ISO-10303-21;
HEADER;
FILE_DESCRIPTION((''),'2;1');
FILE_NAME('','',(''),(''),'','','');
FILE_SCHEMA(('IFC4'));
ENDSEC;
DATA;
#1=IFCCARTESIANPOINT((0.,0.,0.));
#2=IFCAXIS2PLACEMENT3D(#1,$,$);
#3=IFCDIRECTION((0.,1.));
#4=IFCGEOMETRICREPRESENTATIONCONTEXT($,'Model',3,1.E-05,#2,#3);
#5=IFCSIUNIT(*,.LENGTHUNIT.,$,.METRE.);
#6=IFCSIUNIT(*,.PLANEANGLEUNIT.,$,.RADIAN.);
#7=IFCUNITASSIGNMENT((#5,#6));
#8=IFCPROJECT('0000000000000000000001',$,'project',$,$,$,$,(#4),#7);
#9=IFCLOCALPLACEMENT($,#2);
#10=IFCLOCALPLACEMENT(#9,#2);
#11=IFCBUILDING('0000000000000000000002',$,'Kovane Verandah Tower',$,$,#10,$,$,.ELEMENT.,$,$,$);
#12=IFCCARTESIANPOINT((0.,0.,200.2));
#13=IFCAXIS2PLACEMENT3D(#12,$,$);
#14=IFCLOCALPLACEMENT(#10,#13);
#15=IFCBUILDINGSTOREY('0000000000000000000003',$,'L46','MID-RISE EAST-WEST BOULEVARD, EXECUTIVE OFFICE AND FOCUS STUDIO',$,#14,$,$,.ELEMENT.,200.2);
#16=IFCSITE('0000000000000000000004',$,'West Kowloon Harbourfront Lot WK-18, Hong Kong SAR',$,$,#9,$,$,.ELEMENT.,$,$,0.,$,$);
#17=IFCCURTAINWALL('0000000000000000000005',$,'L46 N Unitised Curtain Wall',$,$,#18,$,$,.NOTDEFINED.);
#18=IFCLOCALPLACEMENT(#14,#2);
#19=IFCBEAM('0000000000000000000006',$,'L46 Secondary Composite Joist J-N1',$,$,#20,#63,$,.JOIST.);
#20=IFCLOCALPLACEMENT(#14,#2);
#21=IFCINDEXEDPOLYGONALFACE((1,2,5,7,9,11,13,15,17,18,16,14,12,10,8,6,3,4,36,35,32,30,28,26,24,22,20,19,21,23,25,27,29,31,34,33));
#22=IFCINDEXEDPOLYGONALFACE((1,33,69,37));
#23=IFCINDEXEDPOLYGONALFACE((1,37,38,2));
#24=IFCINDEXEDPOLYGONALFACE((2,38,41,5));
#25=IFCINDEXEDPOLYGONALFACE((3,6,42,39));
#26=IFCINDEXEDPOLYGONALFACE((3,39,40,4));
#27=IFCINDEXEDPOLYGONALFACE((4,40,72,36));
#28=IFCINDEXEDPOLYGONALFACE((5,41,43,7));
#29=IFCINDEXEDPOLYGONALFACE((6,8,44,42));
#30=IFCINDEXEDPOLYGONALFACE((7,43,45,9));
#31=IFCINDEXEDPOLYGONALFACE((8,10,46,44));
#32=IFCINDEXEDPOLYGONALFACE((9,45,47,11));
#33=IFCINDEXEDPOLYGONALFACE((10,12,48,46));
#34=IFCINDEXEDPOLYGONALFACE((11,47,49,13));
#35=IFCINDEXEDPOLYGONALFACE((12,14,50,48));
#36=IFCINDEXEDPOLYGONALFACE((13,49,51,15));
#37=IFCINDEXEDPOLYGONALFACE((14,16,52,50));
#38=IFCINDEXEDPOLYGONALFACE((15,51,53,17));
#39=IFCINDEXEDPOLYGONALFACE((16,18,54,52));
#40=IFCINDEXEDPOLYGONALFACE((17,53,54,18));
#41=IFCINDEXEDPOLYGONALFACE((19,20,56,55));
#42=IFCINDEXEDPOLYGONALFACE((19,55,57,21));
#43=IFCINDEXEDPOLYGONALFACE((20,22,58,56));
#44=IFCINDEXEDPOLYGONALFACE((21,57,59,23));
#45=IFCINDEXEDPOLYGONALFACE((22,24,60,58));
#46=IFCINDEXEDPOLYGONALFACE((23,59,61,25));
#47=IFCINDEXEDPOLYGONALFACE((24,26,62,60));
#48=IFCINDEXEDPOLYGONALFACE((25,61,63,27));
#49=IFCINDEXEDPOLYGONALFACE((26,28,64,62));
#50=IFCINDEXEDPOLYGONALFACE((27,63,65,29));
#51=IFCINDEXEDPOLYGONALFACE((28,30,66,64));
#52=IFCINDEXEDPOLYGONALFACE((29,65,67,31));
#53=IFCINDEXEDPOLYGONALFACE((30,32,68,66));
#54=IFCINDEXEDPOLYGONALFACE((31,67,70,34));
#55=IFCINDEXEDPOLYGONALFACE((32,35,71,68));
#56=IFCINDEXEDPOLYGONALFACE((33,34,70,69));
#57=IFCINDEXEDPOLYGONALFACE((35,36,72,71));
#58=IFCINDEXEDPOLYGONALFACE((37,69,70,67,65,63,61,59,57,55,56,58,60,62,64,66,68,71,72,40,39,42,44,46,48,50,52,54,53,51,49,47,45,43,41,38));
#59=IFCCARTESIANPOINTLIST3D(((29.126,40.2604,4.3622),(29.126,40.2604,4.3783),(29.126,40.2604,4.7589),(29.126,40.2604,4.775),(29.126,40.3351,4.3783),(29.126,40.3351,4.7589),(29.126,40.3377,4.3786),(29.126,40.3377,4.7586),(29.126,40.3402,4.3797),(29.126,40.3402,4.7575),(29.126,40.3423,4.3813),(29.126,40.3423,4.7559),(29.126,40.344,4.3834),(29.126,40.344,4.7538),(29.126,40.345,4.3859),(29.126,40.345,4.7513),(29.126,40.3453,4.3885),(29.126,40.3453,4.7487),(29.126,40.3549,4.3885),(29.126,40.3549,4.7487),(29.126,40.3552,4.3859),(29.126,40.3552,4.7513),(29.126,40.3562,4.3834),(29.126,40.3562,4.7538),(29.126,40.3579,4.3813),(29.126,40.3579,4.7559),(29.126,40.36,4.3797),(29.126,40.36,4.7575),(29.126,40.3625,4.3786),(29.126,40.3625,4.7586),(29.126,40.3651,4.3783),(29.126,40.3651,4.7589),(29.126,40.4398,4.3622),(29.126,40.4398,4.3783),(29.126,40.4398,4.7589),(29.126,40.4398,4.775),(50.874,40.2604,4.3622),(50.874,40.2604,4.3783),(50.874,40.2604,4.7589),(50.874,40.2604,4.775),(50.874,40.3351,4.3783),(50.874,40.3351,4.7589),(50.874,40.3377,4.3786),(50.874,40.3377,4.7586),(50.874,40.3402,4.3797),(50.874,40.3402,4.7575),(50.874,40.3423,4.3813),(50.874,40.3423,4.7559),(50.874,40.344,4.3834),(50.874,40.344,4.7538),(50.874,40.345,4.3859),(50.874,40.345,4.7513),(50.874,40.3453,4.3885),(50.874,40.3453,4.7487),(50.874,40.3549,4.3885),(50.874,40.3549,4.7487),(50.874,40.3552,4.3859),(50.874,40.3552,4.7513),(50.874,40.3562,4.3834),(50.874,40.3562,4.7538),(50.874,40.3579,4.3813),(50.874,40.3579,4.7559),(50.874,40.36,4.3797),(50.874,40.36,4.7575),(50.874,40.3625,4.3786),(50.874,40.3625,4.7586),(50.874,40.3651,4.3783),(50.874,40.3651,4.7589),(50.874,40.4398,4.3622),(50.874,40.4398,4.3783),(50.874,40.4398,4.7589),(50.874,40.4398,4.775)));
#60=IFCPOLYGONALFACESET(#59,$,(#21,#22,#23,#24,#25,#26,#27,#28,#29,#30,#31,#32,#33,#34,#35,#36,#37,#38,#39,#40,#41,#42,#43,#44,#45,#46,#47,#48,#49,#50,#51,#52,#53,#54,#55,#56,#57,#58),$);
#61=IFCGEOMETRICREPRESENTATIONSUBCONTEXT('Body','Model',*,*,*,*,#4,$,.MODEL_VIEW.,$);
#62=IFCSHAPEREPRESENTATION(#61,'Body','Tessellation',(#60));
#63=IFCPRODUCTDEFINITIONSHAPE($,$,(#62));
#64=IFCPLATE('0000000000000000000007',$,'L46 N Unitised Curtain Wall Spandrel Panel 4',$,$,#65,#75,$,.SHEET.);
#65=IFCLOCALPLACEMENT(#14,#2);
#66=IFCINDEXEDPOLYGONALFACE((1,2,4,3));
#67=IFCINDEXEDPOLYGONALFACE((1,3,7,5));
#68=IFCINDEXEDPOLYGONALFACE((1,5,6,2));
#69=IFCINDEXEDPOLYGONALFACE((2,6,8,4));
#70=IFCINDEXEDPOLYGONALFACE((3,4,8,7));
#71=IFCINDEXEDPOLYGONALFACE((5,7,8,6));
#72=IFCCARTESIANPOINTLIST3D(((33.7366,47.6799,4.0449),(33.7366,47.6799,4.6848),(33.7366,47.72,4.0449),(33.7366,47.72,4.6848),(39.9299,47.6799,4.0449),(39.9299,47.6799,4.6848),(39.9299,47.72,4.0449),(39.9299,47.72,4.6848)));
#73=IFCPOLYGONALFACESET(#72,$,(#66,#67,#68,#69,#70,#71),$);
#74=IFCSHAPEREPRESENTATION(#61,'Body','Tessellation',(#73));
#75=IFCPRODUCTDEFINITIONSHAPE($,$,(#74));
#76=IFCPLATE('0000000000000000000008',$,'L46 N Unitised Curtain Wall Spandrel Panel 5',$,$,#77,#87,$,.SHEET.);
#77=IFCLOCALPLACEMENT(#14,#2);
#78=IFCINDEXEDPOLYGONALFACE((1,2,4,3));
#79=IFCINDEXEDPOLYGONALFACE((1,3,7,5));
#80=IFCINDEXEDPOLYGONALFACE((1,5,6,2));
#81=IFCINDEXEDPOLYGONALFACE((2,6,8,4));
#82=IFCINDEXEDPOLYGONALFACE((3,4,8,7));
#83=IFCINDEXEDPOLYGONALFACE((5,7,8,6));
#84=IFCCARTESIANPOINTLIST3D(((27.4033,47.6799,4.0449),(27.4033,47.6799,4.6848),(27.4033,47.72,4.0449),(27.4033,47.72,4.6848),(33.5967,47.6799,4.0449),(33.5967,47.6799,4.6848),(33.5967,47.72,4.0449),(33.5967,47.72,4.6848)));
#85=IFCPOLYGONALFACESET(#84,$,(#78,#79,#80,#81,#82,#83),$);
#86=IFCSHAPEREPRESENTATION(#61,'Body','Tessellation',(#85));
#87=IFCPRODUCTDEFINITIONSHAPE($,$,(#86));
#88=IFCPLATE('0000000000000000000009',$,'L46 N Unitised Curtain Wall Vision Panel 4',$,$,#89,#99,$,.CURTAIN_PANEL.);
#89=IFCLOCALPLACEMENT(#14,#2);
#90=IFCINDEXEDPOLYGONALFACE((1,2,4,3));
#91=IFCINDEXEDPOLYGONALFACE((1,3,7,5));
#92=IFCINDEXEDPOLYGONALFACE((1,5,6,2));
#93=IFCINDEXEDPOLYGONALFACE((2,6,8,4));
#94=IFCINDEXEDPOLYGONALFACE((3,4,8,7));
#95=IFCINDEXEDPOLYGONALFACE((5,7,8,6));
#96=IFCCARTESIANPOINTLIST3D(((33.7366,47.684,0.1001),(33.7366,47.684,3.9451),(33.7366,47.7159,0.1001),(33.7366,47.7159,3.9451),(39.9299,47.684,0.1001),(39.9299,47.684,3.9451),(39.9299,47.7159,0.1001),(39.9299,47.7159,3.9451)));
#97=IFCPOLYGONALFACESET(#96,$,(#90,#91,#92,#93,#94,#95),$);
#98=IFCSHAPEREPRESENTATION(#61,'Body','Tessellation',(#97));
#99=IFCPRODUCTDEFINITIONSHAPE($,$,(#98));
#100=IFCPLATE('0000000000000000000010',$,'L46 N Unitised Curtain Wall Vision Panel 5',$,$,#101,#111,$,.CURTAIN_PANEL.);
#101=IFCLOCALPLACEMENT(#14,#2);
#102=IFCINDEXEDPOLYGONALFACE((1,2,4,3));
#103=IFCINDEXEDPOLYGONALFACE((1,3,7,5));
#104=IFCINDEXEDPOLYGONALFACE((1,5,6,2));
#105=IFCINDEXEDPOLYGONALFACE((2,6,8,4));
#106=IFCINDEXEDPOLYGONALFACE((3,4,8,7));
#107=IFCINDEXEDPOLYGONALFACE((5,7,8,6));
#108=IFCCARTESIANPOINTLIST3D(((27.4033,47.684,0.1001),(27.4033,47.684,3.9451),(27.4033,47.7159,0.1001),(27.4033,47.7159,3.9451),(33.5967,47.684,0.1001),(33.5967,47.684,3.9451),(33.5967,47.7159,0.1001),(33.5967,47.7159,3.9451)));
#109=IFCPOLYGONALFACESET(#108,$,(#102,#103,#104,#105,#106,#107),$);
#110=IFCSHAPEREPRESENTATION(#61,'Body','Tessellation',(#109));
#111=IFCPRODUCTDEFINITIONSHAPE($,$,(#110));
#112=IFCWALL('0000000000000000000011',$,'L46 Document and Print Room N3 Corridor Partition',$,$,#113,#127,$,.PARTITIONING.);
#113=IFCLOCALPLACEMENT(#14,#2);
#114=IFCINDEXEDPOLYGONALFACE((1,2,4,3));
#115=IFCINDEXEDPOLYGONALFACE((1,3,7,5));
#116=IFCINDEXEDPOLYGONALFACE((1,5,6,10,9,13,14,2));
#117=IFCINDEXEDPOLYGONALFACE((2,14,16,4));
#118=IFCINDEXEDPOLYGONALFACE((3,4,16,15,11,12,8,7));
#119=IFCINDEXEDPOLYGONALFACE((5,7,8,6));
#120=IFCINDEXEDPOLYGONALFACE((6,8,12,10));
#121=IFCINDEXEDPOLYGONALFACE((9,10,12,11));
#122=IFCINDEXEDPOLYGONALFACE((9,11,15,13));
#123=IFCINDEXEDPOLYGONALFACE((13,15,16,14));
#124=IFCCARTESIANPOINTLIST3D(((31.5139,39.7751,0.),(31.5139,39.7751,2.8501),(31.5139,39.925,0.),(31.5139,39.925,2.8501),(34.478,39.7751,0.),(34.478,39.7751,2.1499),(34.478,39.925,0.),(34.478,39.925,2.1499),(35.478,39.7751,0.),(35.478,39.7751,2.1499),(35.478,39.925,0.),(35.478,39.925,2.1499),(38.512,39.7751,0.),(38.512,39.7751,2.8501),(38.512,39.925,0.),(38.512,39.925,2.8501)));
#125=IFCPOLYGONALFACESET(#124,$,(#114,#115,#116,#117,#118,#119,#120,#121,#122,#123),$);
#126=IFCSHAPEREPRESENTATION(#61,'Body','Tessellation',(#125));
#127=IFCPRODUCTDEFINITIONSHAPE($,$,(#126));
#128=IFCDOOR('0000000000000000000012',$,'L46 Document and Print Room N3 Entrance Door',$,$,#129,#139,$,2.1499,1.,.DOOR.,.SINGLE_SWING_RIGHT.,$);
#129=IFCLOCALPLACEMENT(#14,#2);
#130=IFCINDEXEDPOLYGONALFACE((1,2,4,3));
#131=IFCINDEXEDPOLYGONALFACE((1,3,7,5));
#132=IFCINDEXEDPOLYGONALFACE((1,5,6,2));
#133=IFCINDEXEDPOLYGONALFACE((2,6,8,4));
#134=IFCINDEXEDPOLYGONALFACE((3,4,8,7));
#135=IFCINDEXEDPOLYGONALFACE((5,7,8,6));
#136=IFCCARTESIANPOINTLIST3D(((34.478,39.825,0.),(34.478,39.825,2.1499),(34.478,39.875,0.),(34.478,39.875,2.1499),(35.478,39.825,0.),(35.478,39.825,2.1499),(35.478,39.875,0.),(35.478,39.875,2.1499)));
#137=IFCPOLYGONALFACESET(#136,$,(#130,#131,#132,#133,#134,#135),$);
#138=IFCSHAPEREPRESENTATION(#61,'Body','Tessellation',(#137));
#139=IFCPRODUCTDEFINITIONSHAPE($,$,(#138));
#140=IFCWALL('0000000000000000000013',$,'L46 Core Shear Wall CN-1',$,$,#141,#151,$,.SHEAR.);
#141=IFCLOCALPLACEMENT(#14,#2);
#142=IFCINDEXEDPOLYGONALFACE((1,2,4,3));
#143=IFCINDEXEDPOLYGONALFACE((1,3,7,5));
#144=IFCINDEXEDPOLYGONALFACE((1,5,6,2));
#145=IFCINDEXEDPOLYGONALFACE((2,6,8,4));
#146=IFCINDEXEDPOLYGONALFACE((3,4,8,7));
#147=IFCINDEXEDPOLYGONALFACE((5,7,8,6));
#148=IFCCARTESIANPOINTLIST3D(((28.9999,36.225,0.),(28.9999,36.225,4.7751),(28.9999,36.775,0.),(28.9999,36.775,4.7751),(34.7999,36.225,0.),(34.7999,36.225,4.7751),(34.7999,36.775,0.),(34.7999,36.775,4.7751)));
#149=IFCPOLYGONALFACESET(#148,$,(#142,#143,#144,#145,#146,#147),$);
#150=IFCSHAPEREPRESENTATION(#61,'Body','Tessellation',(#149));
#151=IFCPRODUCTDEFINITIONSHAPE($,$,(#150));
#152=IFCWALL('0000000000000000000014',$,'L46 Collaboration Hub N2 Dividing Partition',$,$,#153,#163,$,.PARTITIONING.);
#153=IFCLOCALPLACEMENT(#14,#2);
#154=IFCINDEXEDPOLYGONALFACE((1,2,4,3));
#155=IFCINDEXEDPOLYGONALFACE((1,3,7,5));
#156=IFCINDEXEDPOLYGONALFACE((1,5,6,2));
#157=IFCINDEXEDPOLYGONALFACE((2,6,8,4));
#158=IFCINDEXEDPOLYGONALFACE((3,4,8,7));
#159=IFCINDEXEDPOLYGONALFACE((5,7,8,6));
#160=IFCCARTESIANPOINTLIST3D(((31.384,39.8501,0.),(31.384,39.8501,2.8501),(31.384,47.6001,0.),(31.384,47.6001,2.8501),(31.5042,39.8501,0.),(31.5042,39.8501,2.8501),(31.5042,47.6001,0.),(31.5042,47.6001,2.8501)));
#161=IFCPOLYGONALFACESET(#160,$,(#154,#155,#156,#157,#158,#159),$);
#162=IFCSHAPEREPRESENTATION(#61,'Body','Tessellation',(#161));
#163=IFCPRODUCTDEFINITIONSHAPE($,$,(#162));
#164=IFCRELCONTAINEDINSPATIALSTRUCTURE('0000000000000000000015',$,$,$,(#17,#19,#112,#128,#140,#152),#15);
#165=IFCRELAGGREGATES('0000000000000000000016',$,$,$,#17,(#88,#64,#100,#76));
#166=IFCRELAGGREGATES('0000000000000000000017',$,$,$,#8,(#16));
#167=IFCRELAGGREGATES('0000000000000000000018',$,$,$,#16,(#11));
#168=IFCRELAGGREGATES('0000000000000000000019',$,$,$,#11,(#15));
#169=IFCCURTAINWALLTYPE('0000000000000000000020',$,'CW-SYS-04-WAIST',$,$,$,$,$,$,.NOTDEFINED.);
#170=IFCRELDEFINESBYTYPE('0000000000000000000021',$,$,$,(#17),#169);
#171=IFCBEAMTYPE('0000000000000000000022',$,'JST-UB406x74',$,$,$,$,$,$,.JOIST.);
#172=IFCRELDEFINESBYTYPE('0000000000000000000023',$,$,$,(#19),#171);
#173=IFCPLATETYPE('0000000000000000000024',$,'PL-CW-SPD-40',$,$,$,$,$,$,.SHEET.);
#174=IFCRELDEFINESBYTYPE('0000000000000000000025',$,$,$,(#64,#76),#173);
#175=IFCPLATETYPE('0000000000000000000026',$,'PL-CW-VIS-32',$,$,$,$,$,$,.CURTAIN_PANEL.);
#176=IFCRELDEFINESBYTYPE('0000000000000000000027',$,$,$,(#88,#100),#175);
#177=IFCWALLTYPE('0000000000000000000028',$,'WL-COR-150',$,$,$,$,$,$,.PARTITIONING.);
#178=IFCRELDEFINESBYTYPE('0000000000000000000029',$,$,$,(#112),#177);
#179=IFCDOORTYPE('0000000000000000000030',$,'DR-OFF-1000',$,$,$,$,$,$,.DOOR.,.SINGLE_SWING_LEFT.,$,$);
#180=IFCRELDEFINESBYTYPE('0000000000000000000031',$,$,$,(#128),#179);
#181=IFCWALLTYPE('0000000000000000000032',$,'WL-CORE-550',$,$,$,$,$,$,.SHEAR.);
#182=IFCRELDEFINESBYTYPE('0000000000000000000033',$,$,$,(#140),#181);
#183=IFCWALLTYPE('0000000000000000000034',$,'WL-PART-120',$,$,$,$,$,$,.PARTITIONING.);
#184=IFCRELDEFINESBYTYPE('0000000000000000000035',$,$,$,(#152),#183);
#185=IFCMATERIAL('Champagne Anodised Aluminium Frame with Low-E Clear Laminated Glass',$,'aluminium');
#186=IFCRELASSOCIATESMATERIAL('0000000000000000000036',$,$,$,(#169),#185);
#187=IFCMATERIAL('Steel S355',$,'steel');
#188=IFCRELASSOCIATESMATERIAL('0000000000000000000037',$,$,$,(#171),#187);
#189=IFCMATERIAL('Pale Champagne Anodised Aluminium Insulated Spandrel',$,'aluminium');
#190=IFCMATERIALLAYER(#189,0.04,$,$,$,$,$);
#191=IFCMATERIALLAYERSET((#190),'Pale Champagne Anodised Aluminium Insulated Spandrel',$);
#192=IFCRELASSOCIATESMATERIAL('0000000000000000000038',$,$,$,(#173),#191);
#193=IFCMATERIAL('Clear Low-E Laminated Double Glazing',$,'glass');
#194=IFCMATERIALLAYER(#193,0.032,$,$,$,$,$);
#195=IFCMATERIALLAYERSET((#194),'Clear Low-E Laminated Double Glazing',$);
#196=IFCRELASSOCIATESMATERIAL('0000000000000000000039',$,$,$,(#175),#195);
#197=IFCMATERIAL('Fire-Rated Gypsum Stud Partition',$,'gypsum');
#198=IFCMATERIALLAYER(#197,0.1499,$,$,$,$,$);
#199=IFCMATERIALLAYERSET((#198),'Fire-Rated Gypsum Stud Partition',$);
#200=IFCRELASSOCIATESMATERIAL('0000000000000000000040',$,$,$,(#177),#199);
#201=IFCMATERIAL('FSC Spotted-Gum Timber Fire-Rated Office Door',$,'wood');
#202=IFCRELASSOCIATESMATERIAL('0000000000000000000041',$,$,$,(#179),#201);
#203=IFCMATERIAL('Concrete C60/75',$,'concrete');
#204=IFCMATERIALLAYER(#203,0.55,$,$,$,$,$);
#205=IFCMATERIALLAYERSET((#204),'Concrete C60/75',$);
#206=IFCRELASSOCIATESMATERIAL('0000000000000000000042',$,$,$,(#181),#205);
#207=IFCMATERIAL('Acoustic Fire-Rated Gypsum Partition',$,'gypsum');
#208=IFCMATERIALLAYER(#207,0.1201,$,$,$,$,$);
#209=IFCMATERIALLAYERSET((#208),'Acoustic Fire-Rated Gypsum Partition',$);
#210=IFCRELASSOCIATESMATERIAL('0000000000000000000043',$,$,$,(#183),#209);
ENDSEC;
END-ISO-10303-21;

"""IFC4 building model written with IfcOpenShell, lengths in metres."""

from ifc_helpers import new_model, si_unit, direction, frame, frame_2d, origin, origin_2d, place, context, subcontext, project, spatial, rectangle, i_section, extrude, material, layer, layer_set, material_profile, profile_set, type_object, element, fill, aggregate, save


model = new_model("IFC4")

# Units and contexts
model_context = context("Model", 3, precision=1e-05, world=origin(), true_north=direction((0.0, 1.0)))
body_context = subcontext(model_context, "Body", "Model", "MODEL_VIEW")
ifc_project = project(units=[si_unit("LENGTHUNIT", "METRE"), si_unit("PLANEANGLEUNIT", "RADIAN")], contexts=[model_context])

# Site, building, storey
site_placement = place(None, origin())
site = spatial("IfcSite", under=ifc_project, at=site_placement, Name="West Kowloon Harbourfront Lot WK-18, Hong Kong SAR", CompositionType="ELEMENT", RefElevation=0.0)
building_placement = place(site_placement, origin())
building = spatial("IfcBuilding", under=site, at=building_placement, Name="Kovane Verandah Tower", CompositionType="ELEMENT")
storey_placement = place(building_placement, frame((0.0, 0.0, 200.2)))
storey = spatial("IfcBuildingStorey", under=building, at=storey_placement, Name="L46", Description="MID-RISE EAST-WEST BOULEVARD, EXECUTIVE OFFICE AND FOCUS STUDIO", CompositionType="ELEMENT", Elevation=200.2)

# Shared definitions
ifc_material_1 = material(Name="Concrete C60/75", Category="concrete")

# Shared definitions
ifc_material_2 = material(Name="Steel S355", Category="steel")

# Curtain wall
ifc_material_3 = material(Name="Champagne Anodised Aluminium Frame with Low-E Clear Laminated Glass", Category="aluminium")
curtain_wall_type = type_object("IfcCurtainWallType", Name="CW-SYS-04-WAIST", PredefinedType="NOTDEFINED", material=ifc_material_3)
curtain_wall_placement = place(storey_placement, origin())
curtain_wall = element("IfcCurtainWall", 1, at=curtain_wall_placement, inside=storey, type_object=curtain_wall_type, Name="L46 N Unitised Curtain Wall", PredefinedType="NOTDEFINED")

# Beam
ifc_material_profile_1 = material_profile(ifc_material_2, i_section(OverallWidth=0.1794, OverallDepth=0.4128, WebThickness=0.0095, FlangeThickness=0.0161, FilletRadius=0.0103, at=origin_2d()), Name="UB406x178x74")
ifc_profile_set_1 = profile_set([ifc_material_profile_1], Name="Steel S355")
beam_type_1 = type_object("IfcBeamType", Name="JST-UB406x74", PredefinedType="JOIST", material=ifc_profile_set_1)
beam_1_placement = place(storey_placement, frame((29.126, 40.3501, 4.5686), z_axis=(1.0, 0.0, 0.0), x_axis=(0.0, 1.0, 0.0)))
element("IfcBeam", 2, at=beam_1_placement, inside=storey, type_object=beam_type_1, Name="L46 Secondary Composite Joist J-N1", PredefinedType="JOIST", context=body_context, shape_type="SweptSolid", body=[
    extrude(i_section(OverallWidth=0.1794, OverallDepth=0.4128, WebThickness=0.0095, FlangeThickness=0.0161, FilletRadius=0.0103, at=origin_2d()), origin(), (0.0, 0.0, 1.0), 21.748),
])

# Plates
ifc_material_4 = material(Name="Pale Champagne Anodised Aluminium Insulated Spandrel", Category="aluminium")
ifc_layer_1 = layer(ifc_material_4, 0.04)
ifc_layer_set_1 = layer_set([ifc_layer_1], Name="Pale Champagne Anodised Aluminium Insulated Spandrel")
plate_type_1 = type_object("IfcPlateType", Name="PL-CW-SPD-40", PredefinedType="SHEET", material=ifc_layer_set_1)
plate_1_placement = place(storey_placement, frame((36.8333, 47.7, 4.0449), z_axis=(0.0, 0.0, 1.0), x_axis=(-1.0, 0.0, 0.0)))
plate_1 = element("IfcPlate", 3, at=plate_1_placement, type_object=plate_type_1, Name="L46 N Unitised Curtain Wall Spandrel Panel 4", PredefinedType="SHEET", context=body_context, shape_type="SweptSolid", body=[
    extrude(rectangle(XDim=6.1934, YDim=0.04, at=origin_2d()), origin(), (0.0, 0.0, 1.0), 0.6399),
])
plate_2_placement = place(storey_placement, frame((30.5, 47.7, 4.0449), z_axis=(0.0, 0.0, 1.0), x_axis=(-1.0, 0.0, 0.0)))
plate_2 = element("IfcPlate", 4, at=plate_2_placement, type_object=plate_type_1, Name="L46 N Unitised Curtain Wall Spandrel Panel 5", PredefinedType="SHEET", context=body_context, shape_type="SweptSolid", body=[
    extrude(rectangle(XDim=6.1934, YDim=0.04, at=origin_2d()), origin(), (0.0, 0.0, 1.0), 0.6399),
])
ifc_material_5 = material(Name="Clear Low-E Laminated Double Glazing", Category="glass")
ifc_layer_2 = layer(ifc_material_5, 0.032)
ifc_layer_set_2 = layer_set([ifc_layer_2], Name="Clear Low-E Laminated Double Glazing")
plate_type_2 = type_object("IfcPlateType", Name="PL-CW-VIS-32", PredefinedType="CURTAIN_PANEL", material=ifc_layer_set_2)
plate_3_placement = place(storey_placement, frame((36.8333, 47.7, 0.1001), z_axis=(0.0, 0.0, 1.0), x_axis=(-1.0, 0.0, 0.0)))
plate_3 = element("IfcPlate", 5, at=plate_3_placement, type_object=plate_type_2, Name="L46 N Unitised Curtain Wall Vision Panel 4", PredefinedType="CURTAIN_PANEL", context=body_context, shape_type="SweptSolid", body=[
    extrude(rectangle(XDim=6.1934, YDim=0.032, at=origin_2d()), origin(), (0.0, 0.0, 1.0), 3.845),
])
plate_4_placement = place(storey_placement, frame((30.5, 47.7, 0.1001), z_axis=(0.0, 0.0, 1.0), x_axis=(-1.0, 0.0, 0.0)))
plate_4 = element("IfcPlate", 6, at=plate_4_placement, type_object=plate_type_2, Name="L46 N Unitised Curtain Wall Vision Panel 5", PredefinedType="CURTAIN_PANEL", context=body_context, shape_type="SweptSolid", body=[
    extrude(rectangle(XDim=6.1934, YDim=0.032, at=origin_2d()), origin(), (0.0, 0.0, 1.0), 3.845),
])
aggregate(curtain_wall, [plate_3, plate_1, plate_4, plate_2])

# Wall, opening, door
ifc_material_6 = material(Name="Fire-Rated Gypsum Stud Partition", Category="gypsum")
ifc_layer_3 = layer(ifc_material_6, 0.1499)
ifc_layer_set_3 = layer_set([ifc_layer_3], Name="Fire-Rated Gypsum Stud Partition")
wall_type_1 = type_object("IfcWallType", Name="WL-COR-150", PredefinedType="PARTITIONING", material=ifc_layer_set_3)
wall_1_placement = place(storey_placement, frame((31.5139, 39.8501, 0.0), z_axis=(0.0, 0.0, 1.0), x_axis=(1.0, 0.0, 0.0)))
wall_1 = element("IfcWall", 7, at=wall_1_placement, inside=storey, type_object=wall_type_1, Name="L46 Document and Print Room N3 Corridor Partition", PredefinedType="PARTITIONING", context=body_context, shape_type="SweptSolid", body=[
    extrude(rectangle(XDim=6.998, YDim=0.1499, at=frame_2d((3.499, 0.0))), origin(), (0.0, 0.0, 1.0), 2.8501),
])
opening_1_placement = place(wall_1_placement, frame((2.9641, 0.0, 0.0)))
opening_1 = element("IfcOpeningElement", 8, at=opening_1_placement, cuts=wall_1, PredefinedType="OPENING", context=body_context, shape_type="SweptSolid", body=[
    extrude(rectangle(XDim=1.0, YDim=2.1499, at=frame_2d((0.5, 1.075))), frame((0.0, 0.075, 0.0), z_axis=(0.0, -1.0, 0.0), x_axis=(1.0, 0.0, 0.0)), (0.0, 0.0, 1.0), 0.1499),
])
ifc_material_7 = material(Name="FSC Spotted-Gum Timber Fire-Rated Office Door", Category="wood")
door_type_1 = type_object("IfcDoorType", Name="DR-OFF-1000", OperationType="SINGLE_SWING_LEFT", PredefinedType="DOOR", material=ifc_material_7)
door_1_placement = place(opening_1_placement, origin())
door_1 = element("IfcDoor", 9, at=door_1_placement, inside=storey, type_object=door_type_1, Name="L46 Document and Print Room N3 Entrance Door", OperationType="SINGLE_SWING_RIGHT", OverallHeight=2.1499, OverallWidth=1.0, PredefinedType="DOOR", context=body_context, shape_type="SweptSolid", body=[
    extrude(rectangle(XDim=1.0, YDim=2.1499, at=frame_2d((0.5, 1.075))), frame((0.0, 0.0249, 0.0), z_axis=(0.0, -1.0, 0.0), x_axis=(1.0, 0.0, 0.0)), (0.0, 0.0, 1.0), 0.05),
])
fill(opening_1, door_1)

# Wall
ifc_layer_4 = layer(ifc_material_1, 0.55)
ifc_layer_set_4 = layer_set([ifc_layer_4], Name="Concrete C60/75")
wall_type_2 = type_object("IfcWallType", Name="WL-CORE-550", PredefinedType="SHEAR", material=ifc_layer_set_4)
wall_2_placement = place(storey_placement, frame((29.0, 36.5, 0.0), z_axis=(0.0, 0.0, 1.0), x_axis=(1.0, 0.0, 0.0)))
element("IfcWall", 10, at=wall_2_placement, inside=storey, type_object=wall_type_2, Name="L46 Core Shear Wall CN-1", PredefinedType="SHEAR", context=body_context, shape_type="SweptSolid", body=[
    extrude(rectangle(XDim=5.8, YDim=0.55, at=frame_2d((2.8999, 0.0))), origin(), (0.0, 0.0, 1.0), 4.7751),
])

# Wall
ifc_material_8 = material(Name="Acoustic Fire-Rated Gypsum Partition", Category="gypsum")
ifc_layer_5 = layer(ifc_material_8, 0.1201)
ifc_layer_set_5 = layer_set([ifc_layer_5], Name="Acoustic Fire-Rated Gypsum Partition")
wall_type_3 = type_object("IfcWallType", Name="WL-PART-120", PredefinedType="PARTITIONING", material=ifc_layer_set_5)
wall_3_placement = place(storey_placement, frame((31.4441, 39.8501, 0.0), z_axis=(0.0, 0.0, 1.0), x_axis=(0.0, 1.0, 0.0)))
element("IfcWall", 11, at=wall_3_placement, inside=storey, type_object=wall_type_3, Name="L46 Collaboration Hub N2 Dividing Partition", PredefinedType="PARTITIONING", context=body_context, shape_type="SweptSolid", body=[
    extrude(rectangle(XDim=7.75, YDim=0.1201, at=frame_2d((3.875, 0.0))), origin(), (0.0, 0.0, 1.0), 2.8501),
])

save(model, "model.ifc")
